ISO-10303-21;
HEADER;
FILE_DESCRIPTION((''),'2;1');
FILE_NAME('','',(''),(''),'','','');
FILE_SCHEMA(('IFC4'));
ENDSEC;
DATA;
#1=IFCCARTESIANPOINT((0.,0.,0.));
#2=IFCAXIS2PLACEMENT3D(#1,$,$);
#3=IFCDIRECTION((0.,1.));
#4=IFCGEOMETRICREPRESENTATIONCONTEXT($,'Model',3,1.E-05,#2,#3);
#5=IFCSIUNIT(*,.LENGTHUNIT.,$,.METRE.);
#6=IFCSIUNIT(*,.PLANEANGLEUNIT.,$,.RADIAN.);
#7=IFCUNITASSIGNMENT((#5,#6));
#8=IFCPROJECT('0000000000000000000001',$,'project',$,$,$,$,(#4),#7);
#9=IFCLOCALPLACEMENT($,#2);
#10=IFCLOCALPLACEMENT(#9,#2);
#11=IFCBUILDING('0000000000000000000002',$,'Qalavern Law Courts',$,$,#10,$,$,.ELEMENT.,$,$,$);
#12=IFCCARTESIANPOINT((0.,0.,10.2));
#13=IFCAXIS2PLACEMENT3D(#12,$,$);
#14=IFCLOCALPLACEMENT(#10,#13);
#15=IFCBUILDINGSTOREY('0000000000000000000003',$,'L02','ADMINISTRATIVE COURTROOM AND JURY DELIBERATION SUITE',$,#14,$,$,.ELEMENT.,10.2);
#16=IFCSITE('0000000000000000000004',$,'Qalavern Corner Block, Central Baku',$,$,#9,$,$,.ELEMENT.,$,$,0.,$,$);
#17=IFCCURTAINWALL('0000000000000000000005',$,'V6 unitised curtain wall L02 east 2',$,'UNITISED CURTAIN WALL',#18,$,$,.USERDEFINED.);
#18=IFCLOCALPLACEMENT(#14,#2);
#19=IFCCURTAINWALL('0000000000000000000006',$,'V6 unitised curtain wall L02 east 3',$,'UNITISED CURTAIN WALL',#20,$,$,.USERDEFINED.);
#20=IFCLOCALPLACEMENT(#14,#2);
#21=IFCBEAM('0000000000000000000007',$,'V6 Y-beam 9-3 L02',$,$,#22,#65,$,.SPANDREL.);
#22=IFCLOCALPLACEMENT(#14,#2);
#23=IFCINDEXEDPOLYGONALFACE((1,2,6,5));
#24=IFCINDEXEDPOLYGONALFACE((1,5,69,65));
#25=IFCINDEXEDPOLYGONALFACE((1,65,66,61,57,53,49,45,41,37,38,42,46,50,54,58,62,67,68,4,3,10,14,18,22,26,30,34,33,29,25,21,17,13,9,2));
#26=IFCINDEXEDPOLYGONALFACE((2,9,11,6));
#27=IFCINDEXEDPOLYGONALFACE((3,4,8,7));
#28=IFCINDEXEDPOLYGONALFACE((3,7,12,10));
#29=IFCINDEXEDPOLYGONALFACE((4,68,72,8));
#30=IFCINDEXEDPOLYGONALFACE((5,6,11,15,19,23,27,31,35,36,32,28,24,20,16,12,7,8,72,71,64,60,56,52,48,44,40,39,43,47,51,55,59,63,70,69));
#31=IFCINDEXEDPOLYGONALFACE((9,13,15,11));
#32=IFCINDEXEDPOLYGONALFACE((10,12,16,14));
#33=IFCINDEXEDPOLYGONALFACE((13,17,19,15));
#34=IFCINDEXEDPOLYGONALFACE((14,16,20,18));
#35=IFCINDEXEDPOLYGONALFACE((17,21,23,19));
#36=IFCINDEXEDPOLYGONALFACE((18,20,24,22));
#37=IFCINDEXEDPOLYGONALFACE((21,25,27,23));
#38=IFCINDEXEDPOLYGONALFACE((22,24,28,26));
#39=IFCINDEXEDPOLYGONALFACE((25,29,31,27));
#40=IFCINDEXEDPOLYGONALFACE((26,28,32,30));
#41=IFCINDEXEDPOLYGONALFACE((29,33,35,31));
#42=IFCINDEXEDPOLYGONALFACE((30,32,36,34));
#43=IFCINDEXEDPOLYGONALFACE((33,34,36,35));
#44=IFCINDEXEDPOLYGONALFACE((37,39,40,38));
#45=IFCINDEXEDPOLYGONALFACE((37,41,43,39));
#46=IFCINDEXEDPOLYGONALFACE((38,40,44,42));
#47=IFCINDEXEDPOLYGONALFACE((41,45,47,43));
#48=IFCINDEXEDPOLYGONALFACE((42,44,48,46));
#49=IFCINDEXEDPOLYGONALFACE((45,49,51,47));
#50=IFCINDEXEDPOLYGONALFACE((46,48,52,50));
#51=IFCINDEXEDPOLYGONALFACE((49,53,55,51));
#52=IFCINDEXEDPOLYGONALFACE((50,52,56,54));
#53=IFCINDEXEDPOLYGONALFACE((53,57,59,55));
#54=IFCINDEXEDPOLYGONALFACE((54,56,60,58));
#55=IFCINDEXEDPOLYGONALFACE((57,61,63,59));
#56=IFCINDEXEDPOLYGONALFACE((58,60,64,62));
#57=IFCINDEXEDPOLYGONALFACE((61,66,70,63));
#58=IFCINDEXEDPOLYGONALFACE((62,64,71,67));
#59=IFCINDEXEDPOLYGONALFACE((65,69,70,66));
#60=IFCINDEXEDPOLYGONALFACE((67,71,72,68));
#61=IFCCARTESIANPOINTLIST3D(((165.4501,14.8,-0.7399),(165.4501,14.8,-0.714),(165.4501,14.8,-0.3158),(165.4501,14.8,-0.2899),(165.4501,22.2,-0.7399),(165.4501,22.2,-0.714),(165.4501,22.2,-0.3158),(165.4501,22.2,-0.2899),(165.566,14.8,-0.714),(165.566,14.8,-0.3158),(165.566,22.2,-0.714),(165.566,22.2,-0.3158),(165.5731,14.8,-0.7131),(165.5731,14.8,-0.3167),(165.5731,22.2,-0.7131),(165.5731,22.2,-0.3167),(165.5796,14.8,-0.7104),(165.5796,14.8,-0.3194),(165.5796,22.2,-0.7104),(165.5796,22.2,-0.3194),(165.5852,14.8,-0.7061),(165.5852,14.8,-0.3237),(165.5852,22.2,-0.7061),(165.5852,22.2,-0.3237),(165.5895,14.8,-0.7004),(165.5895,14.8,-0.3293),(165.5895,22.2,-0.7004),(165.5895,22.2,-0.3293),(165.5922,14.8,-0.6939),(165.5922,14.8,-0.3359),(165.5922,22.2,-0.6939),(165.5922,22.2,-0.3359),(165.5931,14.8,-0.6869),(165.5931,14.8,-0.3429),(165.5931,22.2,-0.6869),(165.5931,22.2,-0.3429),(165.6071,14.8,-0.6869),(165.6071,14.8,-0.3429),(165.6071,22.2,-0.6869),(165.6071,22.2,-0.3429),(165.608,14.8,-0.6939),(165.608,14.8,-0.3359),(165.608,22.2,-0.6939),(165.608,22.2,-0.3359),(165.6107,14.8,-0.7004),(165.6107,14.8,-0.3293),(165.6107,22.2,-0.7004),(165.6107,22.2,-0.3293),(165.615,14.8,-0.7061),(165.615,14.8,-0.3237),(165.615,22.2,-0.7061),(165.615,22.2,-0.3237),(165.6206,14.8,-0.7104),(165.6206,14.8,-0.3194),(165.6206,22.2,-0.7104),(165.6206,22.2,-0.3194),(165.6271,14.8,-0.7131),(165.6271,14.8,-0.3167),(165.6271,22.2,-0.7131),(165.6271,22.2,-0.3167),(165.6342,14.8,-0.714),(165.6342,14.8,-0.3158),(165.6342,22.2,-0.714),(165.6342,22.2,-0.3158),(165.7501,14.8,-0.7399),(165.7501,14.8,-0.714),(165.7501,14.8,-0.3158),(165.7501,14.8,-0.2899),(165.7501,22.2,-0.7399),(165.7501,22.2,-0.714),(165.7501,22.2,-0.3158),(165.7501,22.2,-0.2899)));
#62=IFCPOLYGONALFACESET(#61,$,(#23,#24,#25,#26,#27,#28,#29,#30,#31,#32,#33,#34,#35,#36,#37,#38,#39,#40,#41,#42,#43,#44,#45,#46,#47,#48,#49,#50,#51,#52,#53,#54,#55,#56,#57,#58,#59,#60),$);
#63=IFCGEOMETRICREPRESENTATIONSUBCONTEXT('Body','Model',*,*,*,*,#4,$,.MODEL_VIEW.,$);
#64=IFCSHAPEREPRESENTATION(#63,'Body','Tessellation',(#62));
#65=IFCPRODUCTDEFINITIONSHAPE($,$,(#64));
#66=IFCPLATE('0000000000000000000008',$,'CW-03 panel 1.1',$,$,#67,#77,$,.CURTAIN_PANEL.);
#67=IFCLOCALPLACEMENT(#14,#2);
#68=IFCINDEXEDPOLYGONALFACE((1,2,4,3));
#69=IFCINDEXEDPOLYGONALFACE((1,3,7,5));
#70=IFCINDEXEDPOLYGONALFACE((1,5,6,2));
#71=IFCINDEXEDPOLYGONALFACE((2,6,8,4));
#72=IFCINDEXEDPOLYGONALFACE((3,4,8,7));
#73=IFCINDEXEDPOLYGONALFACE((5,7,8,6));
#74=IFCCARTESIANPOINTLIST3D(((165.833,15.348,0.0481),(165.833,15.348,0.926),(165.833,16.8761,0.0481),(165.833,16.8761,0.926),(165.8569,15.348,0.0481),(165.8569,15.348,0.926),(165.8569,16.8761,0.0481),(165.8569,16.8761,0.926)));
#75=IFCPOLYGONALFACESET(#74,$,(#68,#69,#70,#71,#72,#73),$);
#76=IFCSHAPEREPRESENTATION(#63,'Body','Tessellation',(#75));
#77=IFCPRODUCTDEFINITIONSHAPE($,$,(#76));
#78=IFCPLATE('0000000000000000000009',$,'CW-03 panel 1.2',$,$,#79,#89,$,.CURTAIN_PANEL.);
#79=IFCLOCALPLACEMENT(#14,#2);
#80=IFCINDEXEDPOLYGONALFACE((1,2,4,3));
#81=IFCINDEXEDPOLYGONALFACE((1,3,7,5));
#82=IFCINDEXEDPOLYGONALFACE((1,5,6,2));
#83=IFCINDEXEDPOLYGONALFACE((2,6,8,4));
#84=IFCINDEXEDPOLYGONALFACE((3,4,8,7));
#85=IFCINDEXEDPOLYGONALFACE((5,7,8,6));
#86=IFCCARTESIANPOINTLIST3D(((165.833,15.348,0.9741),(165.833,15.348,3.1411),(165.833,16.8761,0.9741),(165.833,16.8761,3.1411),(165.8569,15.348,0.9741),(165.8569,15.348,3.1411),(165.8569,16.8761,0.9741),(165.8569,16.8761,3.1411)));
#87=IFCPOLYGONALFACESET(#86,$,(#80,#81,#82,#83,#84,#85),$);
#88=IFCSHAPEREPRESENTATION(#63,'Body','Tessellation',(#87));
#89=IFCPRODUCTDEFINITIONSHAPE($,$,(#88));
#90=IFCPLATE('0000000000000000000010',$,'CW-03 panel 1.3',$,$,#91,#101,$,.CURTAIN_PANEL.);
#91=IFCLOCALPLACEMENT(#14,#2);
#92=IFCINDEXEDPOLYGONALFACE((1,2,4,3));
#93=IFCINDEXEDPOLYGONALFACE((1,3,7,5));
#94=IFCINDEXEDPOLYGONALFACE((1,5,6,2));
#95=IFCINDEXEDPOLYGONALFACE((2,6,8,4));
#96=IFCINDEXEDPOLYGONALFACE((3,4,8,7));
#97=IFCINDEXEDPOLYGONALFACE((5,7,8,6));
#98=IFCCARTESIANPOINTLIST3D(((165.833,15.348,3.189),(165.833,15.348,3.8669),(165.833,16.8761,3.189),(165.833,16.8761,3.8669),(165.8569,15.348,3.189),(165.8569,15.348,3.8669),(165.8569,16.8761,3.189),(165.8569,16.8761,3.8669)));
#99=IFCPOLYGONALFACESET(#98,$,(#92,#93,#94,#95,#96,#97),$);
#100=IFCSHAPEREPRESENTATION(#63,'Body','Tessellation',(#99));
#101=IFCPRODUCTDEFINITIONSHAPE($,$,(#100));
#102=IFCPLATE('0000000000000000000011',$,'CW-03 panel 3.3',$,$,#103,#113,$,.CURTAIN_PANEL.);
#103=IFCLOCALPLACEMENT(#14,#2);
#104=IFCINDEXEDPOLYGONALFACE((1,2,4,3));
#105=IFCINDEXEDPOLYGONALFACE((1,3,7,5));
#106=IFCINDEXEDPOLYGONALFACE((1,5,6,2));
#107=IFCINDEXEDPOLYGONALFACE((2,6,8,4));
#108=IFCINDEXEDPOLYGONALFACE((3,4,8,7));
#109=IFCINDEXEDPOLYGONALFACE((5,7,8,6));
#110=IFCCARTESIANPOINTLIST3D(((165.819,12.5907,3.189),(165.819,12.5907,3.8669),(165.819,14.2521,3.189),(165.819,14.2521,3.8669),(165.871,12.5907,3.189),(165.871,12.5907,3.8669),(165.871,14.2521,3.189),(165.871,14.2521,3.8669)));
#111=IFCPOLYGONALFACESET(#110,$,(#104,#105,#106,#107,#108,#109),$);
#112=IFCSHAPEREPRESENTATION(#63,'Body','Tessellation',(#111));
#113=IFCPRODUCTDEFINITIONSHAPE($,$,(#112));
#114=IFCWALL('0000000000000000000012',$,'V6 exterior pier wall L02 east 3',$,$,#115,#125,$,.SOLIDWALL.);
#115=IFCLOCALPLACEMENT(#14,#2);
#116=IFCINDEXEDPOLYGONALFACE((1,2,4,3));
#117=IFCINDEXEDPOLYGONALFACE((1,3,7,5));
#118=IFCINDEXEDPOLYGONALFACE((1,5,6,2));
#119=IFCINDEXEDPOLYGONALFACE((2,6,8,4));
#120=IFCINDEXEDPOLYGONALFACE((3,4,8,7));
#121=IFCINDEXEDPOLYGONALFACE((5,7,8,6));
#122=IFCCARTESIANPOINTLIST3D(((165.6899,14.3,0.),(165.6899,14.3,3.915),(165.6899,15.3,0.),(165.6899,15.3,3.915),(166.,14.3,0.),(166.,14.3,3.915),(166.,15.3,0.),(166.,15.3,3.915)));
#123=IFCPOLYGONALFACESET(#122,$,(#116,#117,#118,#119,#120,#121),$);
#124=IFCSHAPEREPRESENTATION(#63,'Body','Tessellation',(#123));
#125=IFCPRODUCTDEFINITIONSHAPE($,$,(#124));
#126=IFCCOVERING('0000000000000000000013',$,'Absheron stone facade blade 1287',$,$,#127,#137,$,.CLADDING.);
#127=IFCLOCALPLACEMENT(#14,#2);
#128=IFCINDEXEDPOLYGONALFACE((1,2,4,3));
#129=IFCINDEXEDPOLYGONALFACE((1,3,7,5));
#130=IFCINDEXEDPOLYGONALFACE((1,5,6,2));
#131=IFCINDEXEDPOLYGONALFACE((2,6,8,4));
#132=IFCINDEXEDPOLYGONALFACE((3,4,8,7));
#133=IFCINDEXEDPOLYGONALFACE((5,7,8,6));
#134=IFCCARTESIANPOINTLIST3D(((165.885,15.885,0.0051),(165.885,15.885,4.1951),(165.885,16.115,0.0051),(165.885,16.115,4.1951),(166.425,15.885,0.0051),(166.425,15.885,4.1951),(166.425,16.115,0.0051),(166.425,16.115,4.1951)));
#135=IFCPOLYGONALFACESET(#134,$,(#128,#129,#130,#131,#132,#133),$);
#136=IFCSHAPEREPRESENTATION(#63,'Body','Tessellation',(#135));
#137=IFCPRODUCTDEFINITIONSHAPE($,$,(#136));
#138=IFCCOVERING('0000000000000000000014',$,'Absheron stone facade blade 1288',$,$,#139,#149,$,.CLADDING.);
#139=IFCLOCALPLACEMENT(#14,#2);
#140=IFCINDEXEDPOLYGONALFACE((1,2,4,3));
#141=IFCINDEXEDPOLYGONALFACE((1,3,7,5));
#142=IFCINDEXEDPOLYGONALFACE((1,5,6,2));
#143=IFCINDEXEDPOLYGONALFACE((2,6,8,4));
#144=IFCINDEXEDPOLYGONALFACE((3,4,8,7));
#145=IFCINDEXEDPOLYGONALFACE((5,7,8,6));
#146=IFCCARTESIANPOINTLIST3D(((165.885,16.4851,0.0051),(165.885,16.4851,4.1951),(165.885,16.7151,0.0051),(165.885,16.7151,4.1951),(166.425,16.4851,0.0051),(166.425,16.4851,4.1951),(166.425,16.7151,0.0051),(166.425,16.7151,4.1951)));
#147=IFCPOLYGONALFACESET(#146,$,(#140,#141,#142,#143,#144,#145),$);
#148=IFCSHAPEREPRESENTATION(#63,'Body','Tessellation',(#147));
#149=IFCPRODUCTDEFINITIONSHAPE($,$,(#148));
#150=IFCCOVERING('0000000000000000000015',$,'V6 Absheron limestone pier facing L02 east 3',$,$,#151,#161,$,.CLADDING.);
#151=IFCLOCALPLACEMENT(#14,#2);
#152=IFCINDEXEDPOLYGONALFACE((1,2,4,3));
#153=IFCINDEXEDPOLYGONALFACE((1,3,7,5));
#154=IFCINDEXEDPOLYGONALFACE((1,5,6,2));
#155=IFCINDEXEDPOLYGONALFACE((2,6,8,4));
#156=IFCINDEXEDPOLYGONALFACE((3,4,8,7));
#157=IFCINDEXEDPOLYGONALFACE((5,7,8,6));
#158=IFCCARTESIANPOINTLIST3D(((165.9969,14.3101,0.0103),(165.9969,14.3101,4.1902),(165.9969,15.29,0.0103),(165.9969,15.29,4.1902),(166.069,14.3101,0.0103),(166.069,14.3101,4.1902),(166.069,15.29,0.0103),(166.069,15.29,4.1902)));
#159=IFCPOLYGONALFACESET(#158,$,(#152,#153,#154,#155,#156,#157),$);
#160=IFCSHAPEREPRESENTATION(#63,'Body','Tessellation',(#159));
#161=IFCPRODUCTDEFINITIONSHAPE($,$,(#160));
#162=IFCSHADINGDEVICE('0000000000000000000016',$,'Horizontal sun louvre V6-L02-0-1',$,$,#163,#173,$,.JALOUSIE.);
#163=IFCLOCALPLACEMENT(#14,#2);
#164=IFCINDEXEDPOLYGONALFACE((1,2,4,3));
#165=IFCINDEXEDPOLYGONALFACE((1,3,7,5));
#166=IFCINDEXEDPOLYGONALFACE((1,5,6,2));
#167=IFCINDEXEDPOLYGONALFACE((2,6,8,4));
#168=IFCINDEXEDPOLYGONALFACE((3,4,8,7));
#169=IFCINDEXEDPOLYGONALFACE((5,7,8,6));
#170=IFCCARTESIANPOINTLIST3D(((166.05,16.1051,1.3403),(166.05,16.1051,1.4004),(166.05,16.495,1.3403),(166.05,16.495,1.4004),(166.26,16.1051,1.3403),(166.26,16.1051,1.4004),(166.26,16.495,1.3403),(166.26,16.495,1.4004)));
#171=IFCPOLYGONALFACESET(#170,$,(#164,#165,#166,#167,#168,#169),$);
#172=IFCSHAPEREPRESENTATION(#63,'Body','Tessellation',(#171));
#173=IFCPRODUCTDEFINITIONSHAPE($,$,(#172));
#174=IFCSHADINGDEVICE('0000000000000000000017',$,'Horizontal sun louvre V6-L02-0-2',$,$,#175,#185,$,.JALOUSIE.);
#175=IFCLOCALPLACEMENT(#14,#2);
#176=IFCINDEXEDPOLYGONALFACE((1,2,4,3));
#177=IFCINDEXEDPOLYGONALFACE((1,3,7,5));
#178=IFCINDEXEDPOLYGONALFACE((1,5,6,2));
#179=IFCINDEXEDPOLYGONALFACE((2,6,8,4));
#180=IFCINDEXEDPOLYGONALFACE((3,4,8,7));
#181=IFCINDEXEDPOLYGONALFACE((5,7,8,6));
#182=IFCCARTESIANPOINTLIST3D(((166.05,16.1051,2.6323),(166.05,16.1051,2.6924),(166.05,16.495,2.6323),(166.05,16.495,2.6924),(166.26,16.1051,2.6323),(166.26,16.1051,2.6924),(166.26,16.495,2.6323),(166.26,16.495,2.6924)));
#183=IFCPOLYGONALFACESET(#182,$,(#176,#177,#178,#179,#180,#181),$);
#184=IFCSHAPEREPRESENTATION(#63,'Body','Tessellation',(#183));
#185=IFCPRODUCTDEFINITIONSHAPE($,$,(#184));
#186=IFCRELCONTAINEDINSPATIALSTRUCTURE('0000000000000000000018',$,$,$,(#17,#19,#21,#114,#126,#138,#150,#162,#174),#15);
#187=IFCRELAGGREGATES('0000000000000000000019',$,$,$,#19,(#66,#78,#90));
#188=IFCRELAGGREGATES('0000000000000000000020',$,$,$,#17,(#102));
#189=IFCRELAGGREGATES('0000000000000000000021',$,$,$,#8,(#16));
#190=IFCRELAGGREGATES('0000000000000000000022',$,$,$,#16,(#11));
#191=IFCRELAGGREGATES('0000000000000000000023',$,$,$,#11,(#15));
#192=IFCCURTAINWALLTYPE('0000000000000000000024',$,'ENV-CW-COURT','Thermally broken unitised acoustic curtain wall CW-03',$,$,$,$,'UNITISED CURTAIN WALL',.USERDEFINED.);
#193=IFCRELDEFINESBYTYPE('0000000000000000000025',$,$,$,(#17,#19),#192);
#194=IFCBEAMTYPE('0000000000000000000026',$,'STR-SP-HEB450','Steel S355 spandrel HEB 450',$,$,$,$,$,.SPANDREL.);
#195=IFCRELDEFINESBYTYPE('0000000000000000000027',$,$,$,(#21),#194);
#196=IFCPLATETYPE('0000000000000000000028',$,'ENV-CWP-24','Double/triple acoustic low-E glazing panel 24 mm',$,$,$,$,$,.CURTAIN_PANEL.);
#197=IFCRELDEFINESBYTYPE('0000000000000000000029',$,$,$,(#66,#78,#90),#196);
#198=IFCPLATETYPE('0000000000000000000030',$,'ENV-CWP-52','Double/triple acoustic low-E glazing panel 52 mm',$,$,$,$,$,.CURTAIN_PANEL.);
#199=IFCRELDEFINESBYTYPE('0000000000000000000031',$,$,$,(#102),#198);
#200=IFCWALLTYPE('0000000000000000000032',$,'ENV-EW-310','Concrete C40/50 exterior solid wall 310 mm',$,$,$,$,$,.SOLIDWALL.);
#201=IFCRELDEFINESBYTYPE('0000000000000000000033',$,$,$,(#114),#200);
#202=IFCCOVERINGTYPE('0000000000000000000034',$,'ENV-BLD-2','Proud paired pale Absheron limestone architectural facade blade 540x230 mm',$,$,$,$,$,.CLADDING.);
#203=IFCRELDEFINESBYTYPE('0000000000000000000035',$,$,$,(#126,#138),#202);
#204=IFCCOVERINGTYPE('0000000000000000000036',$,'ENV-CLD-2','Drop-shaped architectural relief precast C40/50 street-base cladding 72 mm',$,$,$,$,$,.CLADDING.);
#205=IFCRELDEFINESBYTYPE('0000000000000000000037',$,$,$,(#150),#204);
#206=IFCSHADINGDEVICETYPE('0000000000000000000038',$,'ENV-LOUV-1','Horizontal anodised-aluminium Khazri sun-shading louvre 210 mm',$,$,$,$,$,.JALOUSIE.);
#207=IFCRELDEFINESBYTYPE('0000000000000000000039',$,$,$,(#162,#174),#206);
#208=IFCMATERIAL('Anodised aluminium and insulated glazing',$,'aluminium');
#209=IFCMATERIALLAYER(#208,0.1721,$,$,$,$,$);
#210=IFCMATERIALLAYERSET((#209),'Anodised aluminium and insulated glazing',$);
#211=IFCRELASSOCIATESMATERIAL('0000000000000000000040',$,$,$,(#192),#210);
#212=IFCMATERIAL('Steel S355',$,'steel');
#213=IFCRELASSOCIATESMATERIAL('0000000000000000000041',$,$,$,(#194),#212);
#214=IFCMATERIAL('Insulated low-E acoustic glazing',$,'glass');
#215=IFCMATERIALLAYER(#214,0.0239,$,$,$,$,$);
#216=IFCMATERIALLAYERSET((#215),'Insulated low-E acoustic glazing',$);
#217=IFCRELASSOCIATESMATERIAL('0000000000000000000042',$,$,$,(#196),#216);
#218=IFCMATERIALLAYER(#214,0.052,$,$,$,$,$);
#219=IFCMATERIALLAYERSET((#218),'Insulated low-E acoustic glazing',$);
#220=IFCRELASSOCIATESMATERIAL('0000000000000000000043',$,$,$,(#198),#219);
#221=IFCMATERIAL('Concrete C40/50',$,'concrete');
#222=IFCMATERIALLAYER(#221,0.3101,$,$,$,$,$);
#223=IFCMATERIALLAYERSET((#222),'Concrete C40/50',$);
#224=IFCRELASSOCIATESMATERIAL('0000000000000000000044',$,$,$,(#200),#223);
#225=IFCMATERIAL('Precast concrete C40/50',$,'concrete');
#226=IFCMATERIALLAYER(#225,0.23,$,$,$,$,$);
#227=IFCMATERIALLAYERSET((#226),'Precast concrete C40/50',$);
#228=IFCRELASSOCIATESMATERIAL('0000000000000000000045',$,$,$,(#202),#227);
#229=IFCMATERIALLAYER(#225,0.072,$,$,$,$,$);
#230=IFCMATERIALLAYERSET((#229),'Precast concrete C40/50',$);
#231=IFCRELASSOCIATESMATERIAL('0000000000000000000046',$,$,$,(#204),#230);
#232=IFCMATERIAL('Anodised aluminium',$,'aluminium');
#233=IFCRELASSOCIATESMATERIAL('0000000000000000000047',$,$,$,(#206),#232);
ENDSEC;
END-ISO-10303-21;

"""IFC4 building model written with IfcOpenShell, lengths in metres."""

from ifc_helpers import new_model, si_unit, direction, frame, frame_2d, origin, origin_2d, place, context, subcontext, project, spatial, rectangle, i_section, extrude, material, layer, layer_set, material_profile, profile_set, type_object, element, aggregate, save


model = new_model("IFC4")

# Units and contexts
model_context = context("Model", 3, precision=1e-05, world=origin(), true_north=direction((0.0, 1.0)))
body_context = subcontext(model_context, "Body", "Model", "MODEL_VIEW")
ifc_project = project(units=[si_unit("LENGTHUNIT", "METRE"), si_unit("PLANEANGLEUNIT", "RADIAN")], contexts=[model_context])

# Site, building, storey
site_placement = place(None, origin())
site = spatial("IfcSite", under=ifc_project, at=site_placement, Name="Qalavern Corner Block, Central Baku", CompositionType="ELEMENT", RefElevation=0.0)
building_placement = place(site_placement, origin())
building = spatial("IfcBuilding", under=site, at=building_placement, Name="Qalavern Law Courts", CompositionType="ELEMENT")
storey_placement = place(building_placement, frame((0.0, 0.0, 10.2)))
storey = spatial("IfcBuildingStorey", under=building, at=storey_placement, Name="L02", Description="ADMINISTRATIVE COURTROOM AND JURY DELIBERATION SUITE", CompositionType="ELEMENT", Elevation=10.2)

# Curtain wall
ifc_material_1 = material(Name="Anodised aluminium and insulated glazing", Category="aluminium")
ifc_layer_1 = layer(ifc_material_1, 0.1721)
ifc_layer_set_1 = layer_set([ifc_layer_1], Name="Anodised aluminium and insulated glazing")
curtain_wall_type = type_object("IfcCurtainWallType", Name="ENV-CW-COURT", Description="Thermally broken unitised acoustic curtain wall CW-03", ElementType="UNITISED CURTAIN WALL", PredefinedType="USERDEFINED", material=ifc_layer_set_1)
curtain_wall_1_placement = place(storey_placement, origin())
curtain_wall_1 = element("IfcCurtainWall", 1, at=curtain_wall_1_placement, inside=storey, type_object=curtain_wall_type, Name="V6 unitised curtain wall L02 east 2", ObjectType="UNITISED CURTAIN WALL", PredefinedType="USERDEFINED")
ifc_material_2 = material(Name="Anodised aluminium", Category="aluminium")

# Curtain wall
curtain_wall_2_placement = place(storey_placement, origin())
curtain_wall_2 = element("IfcCurtainWall", 2, at=curtain_wall_2_placement, inside=storey, type_object=curtain_wall_type, Name="V6 unitised curtain wall L02 east 3", ObjectType="UNITISED CURTAIN WALL", PredefinedType="USERDEFINED")

# Beam
ifc_material_3 = material(Name="Steel S355", Category="steel")
ifc_material_profile_1 = material_profile(ifc_material_3, i_section(OverallWidth=0.3, OverallDepth=0.45, WebThickness=0.0139, FlangeThickness=0.0259, FilletRadius=0.0271, at=origin_2d()), Name="HEB 450")
ifc_profile_set_1 = profile_set([ifc_material_profile_1], Name="Steel S355")
beam_type = type_object("IfcBeamType", Name="STR-SP-HEB450", Description="Steel S355 spandrel HEB 450", PredefinedType="SPANDREL", material=ifc_profile_set_1)
beam_placement = place(storey_placement, frame((165.6001, 14.8, -0.5149), z_axis=(0.0, 1.0, 0.0), x_axis=(-1.0, 0.0, 0.0)))
element("IfcBeam", 3, at=beam_placement, inside=storey, type_object=beam_type, Name="V6 Y-beam 9-3 L02", PredefinedType="SPANDREL", context=body_context, shape_type="SweptSolid", body=[
    extrude(i_section(OverallWidth=0.3, OverallDepth=0.45, WebThickness=0.0139, FlangeThickness=0.0259, FilletRadius=0.0271, at=origin_2d()), origin(), (0.0, 0.0, 1.0), 7.3999),
])

# Plates
ifc_material_4 = material(Name="Insulated low-E acoustic glazing", Category="glass")
ifc_layer_2 = layer(ifc_material_4, 0.0239)
ifc_layer_set_2 = layer_set([ifc_layer_2], Name="Insulated low-E acoustic glazing")
plate_type_1 = type_object("IfcPlateType", Name="ENV-CWP-24", Description="Double/triple acoustic low-E glazing panel 24 mm", PredefinedType="CURTAIN_PANEL", material=ifc_layer_set_2)
plate_1_placement = place(storey_placement, frame((165.845, 16.1121, 0.0481), z_axis=(0.0, 0.0, 1.0), x_axis=(0.0, 1.0, 0.0)))
plate_1 = element("IfcPlate", 4, at=plate_1_placement, type_object=plate_type_1, Name="CW-03 panel 1.1", PredefinedType="CURTAIN_PANEL", context=body_context, shape_type="SweptSolid", body=[
    extrude(rectangle(XDim=1.5281, YDim=0.0239, at=origin_2d()), origin(), (0.0, 0.0, 1.0), 0.8779),
])
plate_2_placement = place(storey_placement, frame((165.845, 16.1121, 0.9741), z_axis=(0.0, 0.0, 1.0), x_axis=(0.0, 1.0, 0.0)))
plate_2 = element("IfcPlate", 5, at=plate_2_placement, type_object=plate_type_1, Name="CW-03 panel 1.2", PredefinedType="CURTAIN_PANEL", context=body_context, shape_type="SweptSolid", body=[
    extrude(rectangle(XDim=1.5281, YDim=0.0239, at=origin_2d()), origin(), (0.0, 0.0, 1.0), 2.167),
])
plate_3_placement = place(storey_placement, frame((165.845, 16.1121, 3.189), z_axis=(0.0, 0.0, 1.0), x_axis=(0.0, 1.0, 0.0)))
plate_3 = element("IfcPlate", 6, at=plate_3_placement, type_object=plate_type_1, Name="CW-03 panel 1.3", PredefinedType="CURTAIN_PANEL", context=body_context, shape_type="SweptSolid", body=[
    extrude(rectangle(XDim=1.5281, YDim=0.0239, at=origin_2d()), origin(), (0.0, 0.0, 1.0), 0.678),
])
aggregate(curtain_wall_2, [plate_1, plate_2, plate_3])
ifc_layer_3 = layer(ifc_material_4, 0.052)
ifc_layer_set_3 = layer_set([ifc_layer_3], Name="Insulated low-E acoustic glazing")
plate_type_2 = type_object("IfcPlateType", Name="ENV-CWP-52", Description="Double/triple acoustic low-E glazing panel 52 mm", PredefinedType="CURTAIN_PANEL", material=ifc_layer_set_3)
plate_4_placement = place(storey_placement, frame((165.845, 13.4214, 3.189), z_axis=(0.0, 0.0, 1.0), x_axis=(0.0, 1.0, 0.0)))
plate_4 = element("IfcPlate", 7, at=plate_4_placement, type_object=plate_type_2, Name="CW-03 panel 3.3", PredefinedType="CURTAIN_PANEL", context=body_context, shape_type="SweptSolid", body=[
    extrude(rectangle(XDim=1.6614, YDim=0.052, at=origin_2d()), origin(), (0.0, 0.0, 1.0), 0.678),
])
aggregate(curtain_wall_1, [plate_4])

# Wall
ifc_material_5 = material(Name="Concrete C40/50", Category="concrete")
ifc_layer_4 = layer(ifc_material_5, 0.3101)
ifc_layer_set_4 = layer_set([ifc_layer_4], Name="Concrete C40/50")
wall_type = type_object("IfcWallType", Name="ENV-EW-310", Description="Concrete C40/50 exterior solid wall 310 mm", PredefinedType="SOLIDWALL", material=ifc_layer_set_4)
wall_placement = place(storey_placement, frame((165.845, 14.3, 0.0), z_axis=(0.0, 0.0, 1.0), x_axis=(0.0, 1.0, 0.0)))
element("IfcWall", 8, at=wall_placement, inside=storey, type_object=wall_type, Name="V6 exterior pier wall L02 east 3", PredefinedType="SOLIDWALL", context=body_context, shape_type="SweptSolid", body=[
    extrude(rectangle(XDim=1.0, YDim=0.3101, at=frame_2d((0.5, 0.0))), origin(), (0.0, 0.0, 1.0), 3.915),
])

# Coverings
ifc_material_6 = material(Name="Precast concrete C40/50", Category="concrete")
ifc_layer_5 = layer(ifc_material_6, 0.23)
ifc_layer_set_5 = layer_set([ifc_layer_5], Name="Precast concrete C40/50")
covering_type_1 = type_object("IfcCoveringType", Name="ENV-BLD-2", Description="Proud paired pale Absheron limestone architectural facade blade 540x230 mm", PredefinedType="CLADDING", material=ifc_layer_set_5)
for number, where, z_axis, x_axis, name in (
    (9, (166.155, 16.0, 0.0051), (0.0, 0.0, 1.0), (1.0, 0.0, 0.0), "Absheron stone facade blade 1287"),
    (10, (166.155, 16.6001, 0.0051), (0.0, 0.0, 1.0), (1.0, 0.0, 0.0), "Absheron stone facade blade 1288"),
):
    element("IfcCovering", number, at=place(storey_placement, frame(where, z_axis=z_axis, x_axis=x_axis)), inside=storey, type_object=covering_type_1, Name=name, PredefinedType="CLADDING", context=body_context, shape_type="SweptSolid", body=[
        extrude(rectangle(XDim=0.54, YDim=0.23, at=origin_2d()), origin(), (0.0, 0.0, 1.0), 4.1899),
    ])
ifc_layer_6 = layer(ifc_material_6, 0.072)
ifc_layer_set_6 = layer_set([ifc_layer_6], Name="Precast concrete C40/50")
covering_type_2 = type_object("IfcCoveringType", Name="ENV-CLD-2", Description="Drop-shaped architectural relief precast C40/50 street-base cladding 72 mm", PredefinedType="CLADDING", material=ifc_layer_set_6)
covering_placement = place(storey_placement, frame((166.033, 14.8, 0.0103), z_axis=(0.0, 0.0, 1.0), x_axis=(0.0, 1.0, 0.0)))
element("IfcCovering", 11, at=covering_placement, inside=storey, type_object=covering_type_2, Name="V6 Absheron limestone pier facing L02 east 3", PredefinedType="CLADDING", context=body_context, shape_type="SweptSolid", body=[
    extrude(rectangle(XDim=0.98, YDim=0.072, at=origin_2d()), origin(), (0.0, 0.0, 1.0), 4.1799),
])

# Shading devices
shading_device_type = type_object("IfcShadingDeviceType", Name="ENV-LOUV-1", Description="Horizontal anodised-aluminium Khazri sun-shading louvre 210 mm", PredefinedType="JALOUSIE", material=ifc_material_2)
for number, where, z_axis, x_axis, name in (
    (12, (166.155, 16.3, 1.3403), (0.0, 0.0, 1.0), (0.0, 1.0, 0.0), "Horizontal sun louvre V6-L02-0-1"),
    (13, (166.155, 16.3, 2.6323), (0.0, 0.0, 1.0), (0.0, 1.0, 0.0), "Horizontal sun louvre V6-L02-0-2"),
):
    element("IfcShadingDevice", number, at=place(storey_placement, frame(where, z_axis=z_axis, x_axis=x_axis)), inside=storey, type_object=shading_device_type, Name=name, PredefinedType="JALOUSIE", context=body_context, shape_type="SweptSolid", body=[
        extrude(rectangle(XDim=0.3899, YDim=0.21, at=origin_2d()), origin(), (0.0, 0.0, 1.0), 0.0601),
    ])

save(model, "model.ifc")
